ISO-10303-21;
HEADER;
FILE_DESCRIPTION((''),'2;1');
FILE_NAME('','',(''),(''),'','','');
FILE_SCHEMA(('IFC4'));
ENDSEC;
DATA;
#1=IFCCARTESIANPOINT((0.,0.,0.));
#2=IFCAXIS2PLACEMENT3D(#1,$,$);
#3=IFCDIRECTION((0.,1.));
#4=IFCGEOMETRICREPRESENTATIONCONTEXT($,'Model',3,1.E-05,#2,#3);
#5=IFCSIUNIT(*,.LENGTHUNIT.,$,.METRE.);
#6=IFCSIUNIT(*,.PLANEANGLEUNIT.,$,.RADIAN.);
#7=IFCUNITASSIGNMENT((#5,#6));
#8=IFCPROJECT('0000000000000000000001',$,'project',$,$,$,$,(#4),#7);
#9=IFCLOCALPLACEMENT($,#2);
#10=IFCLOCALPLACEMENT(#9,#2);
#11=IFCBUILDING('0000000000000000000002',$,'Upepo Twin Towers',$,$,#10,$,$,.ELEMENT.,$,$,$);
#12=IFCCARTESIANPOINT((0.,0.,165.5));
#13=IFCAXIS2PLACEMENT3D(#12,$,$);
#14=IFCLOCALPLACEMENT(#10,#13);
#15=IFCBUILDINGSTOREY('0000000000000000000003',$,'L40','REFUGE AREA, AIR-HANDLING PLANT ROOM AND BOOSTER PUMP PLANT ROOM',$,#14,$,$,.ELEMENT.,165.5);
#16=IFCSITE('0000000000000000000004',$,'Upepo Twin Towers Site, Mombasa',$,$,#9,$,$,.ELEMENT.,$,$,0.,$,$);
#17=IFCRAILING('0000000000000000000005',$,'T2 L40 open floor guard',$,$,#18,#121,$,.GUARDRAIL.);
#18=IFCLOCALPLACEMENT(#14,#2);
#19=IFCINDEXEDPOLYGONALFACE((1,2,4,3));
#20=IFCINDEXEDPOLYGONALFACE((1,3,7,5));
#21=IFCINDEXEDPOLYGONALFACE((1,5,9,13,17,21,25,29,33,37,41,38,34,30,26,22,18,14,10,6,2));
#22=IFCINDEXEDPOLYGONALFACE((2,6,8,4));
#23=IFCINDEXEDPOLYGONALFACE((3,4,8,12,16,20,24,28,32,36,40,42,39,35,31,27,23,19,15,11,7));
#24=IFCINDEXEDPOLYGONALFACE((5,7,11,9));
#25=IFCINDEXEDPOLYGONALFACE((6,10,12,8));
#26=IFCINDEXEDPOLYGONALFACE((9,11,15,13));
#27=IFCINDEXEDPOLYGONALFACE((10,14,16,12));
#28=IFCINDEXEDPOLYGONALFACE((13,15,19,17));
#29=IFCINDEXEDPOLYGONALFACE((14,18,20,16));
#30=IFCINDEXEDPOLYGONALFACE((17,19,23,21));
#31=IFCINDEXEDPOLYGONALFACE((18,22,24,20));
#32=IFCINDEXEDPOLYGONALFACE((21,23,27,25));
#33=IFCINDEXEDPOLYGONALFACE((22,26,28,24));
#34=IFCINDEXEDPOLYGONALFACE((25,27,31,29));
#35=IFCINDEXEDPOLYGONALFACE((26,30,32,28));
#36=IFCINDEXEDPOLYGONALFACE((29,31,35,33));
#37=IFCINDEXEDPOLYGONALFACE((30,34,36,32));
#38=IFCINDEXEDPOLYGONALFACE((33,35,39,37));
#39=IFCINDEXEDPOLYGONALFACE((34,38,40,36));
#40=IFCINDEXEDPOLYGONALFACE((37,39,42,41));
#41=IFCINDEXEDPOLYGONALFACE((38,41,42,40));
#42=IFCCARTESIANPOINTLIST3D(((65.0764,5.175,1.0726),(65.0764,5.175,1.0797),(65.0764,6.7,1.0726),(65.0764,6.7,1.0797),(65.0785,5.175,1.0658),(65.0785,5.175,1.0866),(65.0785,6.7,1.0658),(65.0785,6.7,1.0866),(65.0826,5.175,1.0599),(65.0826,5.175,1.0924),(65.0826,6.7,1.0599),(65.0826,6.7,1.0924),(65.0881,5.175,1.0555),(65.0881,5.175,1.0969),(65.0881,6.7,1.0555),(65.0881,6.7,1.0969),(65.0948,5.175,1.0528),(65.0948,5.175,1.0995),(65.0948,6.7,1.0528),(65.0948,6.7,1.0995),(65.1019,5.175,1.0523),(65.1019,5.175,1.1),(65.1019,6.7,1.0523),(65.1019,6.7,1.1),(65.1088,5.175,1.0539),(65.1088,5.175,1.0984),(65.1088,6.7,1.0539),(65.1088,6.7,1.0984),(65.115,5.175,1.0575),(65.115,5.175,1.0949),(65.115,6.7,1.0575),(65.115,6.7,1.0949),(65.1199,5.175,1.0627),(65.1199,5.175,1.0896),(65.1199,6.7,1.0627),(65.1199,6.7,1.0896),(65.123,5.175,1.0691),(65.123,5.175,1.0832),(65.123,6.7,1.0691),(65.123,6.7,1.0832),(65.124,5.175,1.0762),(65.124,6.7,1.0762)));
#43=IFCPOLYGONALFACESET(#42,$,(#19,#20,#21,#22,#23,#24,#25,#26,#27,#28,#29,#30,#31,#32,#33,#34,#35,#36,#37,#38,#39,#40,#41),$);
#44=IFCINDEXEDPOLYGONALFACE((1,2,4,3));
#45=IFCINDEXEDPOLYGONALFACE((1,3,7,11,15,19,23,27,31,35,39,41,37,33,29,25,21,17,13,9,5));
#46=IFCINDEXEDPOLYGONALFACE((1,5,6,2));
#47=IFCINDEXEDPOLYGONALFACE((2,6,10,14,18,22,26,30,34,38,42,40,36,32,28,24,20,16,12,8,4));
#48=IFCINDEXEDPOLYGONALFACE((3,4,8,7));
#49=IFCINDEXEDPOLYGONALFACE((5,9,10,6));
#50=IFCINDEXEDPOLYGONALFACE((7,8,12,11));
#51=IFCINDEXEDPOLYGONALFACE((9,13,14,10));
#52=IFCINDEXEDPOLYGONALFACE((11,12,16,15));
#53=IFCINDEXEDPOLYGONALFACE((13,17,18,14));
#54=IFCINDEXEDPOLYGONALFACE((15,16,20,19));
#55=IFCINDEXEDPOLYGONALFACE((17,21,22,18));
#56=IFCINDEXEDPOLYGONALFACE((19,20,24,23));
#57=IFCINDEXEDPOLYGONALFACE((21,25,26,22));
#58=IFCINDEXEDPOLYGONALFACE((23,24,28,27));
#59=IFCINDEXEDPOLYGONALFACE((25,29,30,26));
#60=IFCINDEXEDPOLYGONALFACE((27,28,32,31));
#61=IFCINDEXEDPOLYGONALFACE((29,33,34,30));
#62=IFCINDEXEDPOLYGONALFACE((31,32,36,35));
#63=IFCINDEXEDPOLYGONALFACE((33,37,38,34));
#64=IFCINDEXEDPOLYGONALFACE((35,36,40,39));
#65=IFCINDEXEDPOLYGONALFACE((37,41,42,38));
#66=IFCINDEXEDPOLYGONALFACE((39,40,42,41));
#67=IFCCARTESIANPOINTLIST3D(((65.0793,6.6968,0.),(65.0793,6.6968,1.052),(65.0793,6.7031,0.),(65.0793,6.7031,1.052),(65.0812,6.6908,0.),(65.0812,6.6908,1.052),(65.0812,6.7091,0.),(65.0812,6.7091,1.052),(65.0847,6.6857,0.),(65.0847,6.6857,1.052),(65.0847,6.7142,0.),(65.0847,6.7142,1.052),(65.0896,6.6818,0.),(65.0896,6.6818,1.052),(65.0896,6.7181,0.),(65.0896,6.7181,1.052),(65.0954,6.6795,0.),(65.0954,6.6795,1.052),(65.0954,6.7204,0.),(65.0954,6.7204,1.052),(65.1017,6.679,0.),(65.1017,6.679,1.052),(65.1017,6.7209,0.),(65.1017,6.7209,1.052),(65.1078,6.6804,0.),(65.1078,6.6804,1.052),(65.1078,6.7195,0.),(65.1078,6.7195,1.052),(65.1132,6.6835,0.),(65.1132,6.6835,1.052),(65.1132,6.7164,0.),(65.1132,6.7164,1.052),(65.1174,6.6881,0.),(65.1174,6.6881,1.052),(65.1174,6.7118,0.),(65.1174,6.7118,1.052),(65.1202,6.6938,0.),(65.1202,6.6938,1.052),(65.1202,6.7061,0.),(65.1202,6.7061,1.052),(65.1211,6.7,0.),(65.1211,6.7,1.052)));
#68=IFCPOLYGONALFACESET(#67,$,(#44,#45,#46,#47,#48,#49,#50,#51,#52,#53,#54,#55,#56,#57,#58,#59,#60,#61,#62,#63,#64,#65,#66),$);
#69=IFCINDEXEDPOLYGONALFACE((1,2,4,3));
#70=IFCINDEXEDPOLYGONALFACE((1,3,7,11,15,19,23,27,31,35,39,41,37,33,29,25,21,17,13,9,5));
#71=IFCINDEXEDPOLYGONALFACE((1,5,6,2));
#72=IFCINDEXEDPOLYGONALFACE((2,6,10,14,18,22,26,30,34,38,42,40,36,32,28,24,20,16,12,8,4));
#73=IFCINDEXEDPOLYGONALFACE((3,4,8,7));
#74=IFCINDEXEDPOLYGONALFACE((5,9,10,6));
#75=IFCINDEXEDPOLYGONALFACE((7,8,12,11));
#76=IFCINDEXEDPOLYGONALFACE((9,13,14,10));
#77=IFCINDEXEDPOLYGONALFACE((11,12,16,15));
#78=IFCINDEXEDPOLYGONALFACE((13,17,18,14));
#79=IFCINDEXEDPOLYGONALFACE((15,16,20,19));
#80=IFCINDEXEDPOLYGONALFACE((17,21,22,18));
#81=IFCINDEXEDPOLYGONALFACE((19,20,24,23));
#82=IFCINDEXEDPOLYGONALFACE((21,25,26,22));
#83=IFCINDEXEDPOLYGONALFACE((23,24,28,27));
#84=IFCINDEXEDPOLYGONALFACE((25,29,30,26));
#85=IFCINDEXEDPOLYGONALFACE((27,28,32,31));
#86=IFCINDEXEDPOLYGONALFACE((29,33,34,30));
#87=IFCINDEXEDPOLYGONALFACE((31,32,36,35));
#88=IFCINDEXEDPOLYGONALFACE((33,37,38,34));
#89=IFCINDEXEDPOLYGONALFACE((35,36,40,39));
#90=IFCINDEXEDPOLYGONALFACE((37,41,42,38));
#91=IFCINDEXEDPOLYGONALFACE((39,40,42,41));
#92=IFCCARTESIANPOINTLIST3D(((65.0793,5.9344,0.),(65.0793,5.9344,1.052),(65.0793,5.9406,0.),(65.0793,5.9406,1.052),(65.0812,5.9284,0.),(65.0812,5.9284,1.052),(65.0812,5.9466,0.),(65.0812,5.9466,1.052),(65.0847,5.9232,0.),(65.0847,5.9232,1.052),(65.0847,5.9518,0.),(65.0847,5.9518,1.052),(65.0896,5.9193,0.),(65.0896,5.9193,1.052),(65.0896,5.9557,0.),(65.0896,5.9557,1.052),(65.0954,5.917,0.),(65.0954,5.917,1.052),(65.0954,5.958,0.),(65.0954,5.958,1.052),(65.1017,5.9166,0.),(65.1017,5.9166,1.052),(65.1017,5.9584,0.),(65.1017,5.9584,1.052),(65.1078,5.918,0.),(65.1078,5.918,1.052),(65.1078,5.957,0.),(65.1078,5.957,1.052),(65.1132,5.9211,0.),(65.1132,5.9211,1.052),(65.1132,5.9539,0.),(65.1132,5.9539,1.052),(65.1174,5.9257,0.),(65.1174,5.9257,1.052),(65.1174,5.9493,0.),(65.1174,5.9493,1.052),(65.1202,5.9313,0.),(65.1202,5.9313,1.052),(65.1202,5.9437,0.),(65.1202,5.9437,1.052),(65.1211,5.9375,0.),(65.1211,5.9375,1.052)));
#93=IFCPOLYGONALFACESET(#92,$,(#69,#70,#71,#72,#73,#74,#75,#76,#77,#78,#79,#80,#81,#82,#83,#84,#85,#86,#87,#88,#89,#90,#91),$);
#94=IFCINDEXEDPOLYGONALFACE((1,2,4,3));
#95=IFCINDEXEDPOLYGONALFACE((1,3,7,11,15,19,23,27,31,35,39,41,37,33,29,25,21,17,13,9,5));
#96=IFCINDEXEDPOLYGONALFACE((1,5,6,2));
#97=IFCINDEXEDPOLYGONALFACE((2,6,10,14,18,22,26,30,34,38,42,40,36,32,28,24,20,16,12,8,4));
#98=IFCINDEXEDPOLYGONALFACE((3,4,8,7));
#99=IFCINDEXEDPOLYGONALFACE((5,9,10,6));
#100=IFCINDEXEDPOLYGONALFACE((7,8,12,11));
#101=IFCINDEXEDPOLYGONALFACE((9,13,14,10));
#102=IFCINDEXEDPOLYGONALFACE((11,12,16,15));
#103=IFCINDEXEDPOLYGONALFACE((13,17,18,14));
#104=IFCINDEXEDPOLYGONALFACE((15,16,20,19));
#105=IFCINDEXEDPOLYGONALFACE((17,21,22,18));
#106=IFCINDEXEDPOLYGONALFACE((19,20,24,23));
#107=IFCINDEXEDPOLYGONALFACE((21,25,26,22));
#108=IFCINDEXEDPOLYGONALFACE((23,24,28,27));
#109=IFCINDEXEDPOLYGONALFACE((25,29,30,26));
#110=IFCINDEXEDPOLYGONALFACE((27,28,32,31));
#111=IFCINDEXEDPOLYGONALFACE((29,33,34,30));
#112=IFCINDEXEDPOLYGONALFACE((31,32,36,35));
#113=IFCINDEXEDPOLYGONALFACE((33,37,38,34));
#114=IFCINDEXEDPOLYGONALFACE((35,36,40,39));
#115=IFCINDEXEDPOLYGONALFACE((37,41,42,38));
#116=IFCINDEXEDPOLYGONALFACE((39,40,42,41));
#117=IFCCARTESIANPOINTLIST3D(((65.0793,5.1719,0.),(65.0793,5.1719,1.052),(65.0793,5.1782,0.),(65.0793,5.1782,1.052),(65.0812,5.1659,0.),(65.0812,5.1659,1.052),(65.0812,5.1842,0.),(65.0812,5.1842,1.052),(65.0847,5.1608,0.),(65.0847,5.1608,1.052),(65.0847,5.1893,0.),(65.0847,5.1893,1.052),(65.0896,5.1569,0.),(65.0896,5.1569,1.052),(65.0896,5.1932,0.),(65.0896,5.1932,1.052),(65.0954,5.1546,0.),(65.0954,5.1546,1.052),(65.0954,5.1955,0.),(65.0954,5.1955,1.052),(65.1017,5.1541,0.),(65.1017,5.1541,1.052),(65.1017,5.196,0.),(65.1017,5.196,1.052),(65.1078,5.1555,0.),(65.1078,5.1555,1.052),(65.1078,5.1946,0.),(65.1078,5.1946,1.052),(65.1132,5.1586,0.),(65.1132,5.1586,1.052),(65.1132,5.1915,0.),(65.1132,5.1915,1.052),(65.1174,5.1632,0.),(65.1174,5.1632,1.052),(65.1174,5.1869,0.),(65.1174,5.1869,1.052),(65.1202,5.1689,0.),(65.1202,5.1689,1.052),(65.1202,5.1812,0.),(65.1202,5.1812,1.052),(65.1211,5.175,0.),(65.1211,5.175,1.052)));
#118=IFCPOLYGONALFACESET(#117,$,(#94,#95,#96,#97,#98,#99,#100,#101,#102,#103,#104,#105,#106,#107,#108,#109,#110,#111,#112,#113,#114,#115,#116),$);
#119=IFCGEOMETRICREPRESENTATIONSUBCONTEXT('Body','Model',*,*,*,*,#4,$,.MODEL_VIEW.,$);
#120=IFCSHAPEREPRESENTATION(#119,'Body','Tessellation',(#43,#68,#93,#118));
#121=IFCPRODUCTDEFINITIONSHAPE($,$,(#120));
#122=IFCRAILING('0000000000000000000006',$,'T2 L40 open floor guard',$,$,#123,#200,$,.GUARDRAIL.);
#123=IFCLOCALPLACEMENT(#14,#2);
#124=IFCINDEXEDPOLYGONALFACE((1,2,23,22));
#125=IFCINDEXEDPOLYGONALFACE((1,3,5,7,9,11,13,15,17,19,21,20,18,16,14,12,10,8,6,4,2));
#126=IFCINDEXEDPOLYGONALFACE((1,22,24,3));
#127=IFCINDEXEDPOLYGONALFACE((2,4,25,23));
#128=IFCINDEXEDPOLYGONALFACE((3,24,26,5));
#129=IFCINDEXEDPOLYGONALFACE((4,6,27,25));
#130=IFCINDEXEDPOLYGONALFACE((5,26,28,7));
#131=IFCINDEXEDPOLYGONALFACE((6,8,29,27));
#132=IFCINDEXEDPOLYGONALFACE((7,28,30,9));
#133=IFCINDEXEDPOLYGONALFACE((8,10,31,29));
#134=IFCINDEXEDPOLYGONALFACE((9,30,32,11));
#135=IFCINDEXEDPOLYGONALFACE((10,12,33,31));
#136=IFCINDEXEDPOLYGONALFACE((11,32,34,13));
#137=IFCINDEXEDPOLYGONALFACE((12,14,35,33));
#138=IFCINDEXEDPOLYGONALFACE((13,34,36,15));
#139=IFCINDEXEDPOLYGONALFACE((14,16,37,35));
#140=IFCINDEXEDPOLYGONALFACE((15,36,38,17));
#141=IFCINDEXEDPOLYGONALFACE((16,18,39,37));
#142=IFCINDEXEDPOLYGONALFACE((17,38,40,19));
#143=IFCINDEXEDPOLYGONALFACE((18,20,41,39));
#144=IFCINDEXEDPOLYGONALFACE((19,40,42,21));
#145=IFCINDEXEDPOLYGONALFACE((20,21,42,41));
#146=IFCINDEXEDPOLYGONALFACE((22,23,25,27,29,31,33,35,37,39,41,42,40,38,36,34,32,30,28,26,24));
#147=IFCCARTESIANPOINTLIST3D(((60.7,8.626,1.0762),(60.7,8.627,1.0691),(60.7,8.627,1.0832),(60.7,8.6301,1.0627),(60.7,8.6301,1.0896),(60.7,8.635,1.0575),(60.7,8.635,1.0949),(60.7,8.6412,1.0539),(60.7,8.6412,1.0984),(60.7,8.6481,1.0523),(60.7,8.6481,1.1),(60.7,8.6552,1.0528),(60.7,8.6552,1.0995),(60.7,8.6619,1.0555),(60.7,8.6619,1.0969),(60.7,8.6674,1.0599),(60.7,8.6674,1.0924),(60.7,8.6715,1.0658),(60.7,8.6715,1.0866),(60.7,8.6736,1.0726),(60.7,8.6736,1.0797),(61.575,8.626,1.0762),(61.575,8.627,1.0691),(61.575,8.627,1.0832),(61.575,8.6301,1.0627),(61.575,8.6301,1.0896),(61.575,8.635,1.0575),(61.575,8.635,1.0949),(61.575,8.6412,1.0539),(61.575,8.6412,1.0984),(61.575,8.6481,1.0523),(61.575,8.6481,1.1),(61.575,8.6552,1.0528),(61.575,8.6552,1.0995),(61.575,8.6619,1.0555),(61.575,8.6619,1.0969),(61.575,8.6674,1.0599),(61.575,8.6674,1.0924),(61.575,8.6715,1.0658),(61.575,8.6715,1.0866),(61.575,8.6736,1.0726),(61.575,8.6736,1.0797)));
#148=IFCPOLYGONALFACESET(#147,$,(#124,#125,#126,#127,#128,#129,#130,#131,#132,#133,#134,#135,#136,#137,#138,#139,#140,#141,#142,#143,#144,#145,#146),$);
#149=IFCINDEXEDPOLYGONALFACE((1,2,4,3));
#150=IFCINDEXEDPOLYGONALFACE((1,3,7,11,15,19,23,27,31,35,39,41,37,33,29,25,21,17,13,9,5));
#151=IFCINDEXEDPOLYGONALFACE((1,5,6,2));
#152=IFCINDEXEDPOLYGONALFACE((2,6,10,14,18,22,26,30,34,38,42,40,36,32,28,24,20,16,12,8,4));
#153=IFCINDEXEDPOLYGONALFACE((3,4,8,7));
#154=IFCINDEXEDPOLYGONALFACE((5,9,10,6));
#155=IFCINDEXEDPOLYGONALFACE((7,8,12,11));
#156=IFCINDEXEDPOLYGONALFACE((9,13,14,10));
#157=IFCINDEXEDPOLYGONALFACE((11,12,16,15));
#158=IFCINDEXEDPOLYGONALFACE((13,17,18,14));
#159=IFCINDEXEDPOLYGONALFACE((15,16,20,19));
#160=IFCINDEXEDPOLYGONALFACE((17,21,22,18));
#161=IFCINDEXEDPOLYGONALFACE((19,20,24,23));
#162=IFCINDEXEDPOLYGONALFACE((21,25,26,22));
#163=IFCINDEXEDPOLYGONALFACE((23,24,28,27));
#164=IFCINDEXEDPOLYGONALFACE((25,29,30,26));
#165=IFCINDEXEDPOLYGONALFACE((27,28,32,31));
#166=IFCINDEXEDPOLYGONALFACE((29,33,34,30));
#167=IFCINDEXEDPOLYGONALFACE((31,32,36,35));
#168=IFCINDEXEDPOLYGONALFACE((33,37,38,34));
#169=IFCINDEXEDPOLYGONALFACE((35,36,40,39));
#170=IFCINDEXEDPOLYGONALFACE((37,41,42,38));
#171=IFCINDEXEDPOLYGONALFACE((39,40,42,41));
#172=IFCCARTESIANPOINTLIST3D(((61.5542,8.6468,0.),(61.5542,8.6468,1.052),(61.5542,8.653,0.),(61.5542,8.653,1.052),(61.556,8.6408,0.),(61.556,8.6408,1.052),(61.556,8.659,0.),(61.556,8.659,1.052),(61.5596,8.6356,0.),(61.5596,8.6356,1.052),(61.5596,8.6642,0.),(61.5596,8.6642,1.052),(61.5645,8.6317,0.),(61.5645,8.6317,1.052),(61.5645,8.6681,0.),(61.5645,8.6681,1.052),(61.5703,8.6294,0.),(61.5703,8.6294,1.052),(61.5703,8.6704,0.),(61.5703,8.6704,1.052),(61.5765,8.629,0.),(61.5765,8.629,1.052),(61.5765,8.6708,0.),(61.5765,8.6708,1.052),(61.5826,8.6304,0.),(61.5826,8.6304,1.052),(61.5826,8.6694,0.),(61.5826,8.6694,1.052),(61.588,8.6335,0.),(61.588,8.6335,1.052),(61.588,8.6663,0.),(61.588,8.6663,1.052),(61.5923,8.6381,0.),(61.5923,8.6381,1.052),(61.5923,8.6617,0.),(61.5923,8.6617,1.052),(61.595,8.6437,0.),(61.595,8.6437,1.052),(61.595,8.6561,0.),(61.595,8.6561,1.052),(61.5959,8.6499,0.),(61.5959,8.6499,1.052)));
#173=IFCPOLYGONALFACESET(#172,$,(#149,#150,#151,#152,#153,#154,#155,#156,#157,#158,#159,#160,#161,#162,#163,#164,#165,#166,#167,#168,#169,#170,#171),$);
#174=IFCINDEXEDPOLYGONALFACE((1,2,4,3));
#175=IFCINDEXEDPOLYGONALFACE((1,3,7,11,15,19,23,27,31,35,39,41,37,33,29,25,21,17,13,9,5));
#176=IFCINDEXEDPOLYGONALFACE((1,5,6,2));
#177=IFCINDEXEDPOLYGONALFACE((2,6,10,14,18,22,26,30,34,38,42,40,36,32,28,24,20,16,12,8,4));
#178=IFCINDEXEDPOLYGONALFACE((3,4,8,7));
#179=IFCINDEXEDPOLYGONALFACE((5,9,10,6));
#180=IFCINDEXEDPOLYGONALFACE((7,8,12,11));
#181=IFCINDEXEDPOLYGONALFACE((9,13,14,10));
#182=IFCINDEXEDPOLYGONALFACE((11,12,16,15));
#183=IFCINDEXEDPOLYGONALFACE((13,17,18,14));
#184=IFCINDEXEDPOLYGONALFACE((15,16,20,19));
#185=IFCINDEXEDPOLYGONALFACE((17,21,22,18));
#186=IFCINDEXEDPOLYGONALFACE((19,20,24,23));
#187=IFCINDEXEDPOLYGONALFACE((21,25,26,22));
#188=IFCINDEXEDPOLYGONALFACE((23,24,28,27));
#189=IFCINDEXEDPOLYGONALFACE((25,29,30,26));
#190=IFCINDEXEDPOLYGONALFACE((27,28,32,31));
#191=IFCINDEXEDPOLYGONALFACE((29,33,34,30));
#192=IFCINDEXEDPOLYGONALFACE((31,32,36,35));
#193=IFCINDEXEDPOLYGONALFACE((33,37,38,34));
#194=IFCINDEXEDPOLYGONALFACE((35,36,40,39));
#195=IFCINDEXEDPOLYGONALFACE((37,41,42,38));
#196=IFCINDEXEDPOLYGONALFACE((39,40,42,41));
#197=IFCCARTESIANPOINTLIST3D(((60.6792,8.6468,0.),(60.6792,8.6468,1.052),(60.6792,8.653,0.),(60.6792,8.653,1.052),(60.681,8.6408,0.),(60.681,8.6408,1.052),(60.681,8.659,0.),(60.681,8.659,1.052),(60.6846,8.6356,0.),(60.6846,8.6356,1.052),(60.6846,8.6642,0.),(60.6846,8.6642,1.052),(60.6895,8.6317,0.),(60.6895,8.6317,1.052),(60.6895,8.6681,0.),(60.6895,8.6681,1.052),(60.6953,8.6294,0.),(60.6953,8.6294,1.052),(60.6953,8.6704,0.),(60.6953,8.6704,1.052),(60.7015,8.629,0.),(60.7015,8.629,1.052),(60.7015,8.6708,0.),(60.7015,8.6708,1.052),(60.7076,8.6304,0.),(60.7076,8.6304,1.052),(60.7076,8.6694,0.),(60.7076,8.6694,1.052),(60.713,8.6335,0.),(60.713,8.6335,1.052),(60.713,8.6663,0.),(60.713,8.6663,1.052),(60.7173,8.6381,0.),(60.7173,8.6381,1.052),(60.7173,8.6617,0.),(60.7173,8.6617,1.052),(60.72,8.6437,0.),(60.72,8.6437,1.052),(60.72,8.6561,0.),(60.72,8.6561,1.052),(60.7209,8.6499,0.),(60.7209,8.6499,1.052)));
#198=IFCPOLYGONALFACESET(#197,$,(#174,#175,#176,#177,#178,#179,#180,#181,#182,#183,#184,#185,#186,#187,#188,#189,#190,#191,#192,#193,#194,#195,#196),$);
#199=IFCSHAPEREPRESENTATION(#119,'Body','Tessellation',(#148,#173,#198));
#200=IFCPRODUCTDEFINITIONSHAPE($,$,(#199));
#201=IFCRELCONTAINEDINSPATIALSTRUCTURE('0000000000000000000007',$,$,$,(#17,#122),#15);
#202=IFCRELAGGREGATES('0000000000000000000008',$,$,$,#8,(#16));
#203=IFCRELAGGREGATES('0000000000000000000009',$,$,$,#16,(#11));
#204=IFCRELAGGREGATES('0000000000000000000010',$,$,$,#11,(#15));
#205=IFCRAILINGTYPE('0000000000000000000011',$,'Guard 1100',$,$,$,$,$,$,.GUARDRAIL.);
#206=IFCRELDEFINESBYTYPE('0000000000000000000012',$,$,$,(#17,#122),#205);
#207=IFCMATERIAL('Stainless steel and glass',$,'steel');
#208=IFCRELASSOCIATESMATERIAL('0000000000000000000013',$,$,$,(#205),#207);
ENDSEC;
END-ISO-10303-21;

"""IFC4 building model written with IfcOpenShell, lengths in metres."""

from ifc_helpers import new_model, si_unit, direction, frame, origin, origin_2d, place, context, subcontext, project, spatial, circle, extrude, material, type_object, element, save


model = new_model("IFC4")

# Units and contexts
model_context = context("Model", 3, precision=1e-05, world=origin(), true_north=direction((0.0, 1.0)))
body_context = subcontext(model_context, "Body", "Model", "MODEL_VIEW")
ifc_project = project(units=[si_unit("LENGTHUNIT", "METRE"), si_unit("PLANEANGLEUNIT", "RADIAN")], contexts=[model_context])

# Site, building, storey
site_placement = place(None, origin())
site = spatial("IfcSite", under=ifc_project, at=site_placement, Name="Upepo Twin Towers Site, Mombasa", CompositionType="ELEMENT", RefElevation=0.0)
building_placement = place(site_placement, origin())
building = spatial("IfcBuilding", under=site, at=building_placement, Name="Upepo Twin Towers", CompositionType="ELEMENT")
storey_placement = place(building_placement, frame((0.0, 0.0, 165.5)))
storey = spatial("IfcBuildingStorey", under=building, at=storey_placement, Name="L40", Description="REFUGE AREA, AIR-HANDLING PLANT ROOM AND BOOSTER PUMP PLANT ROOM", CompositionType="ELEMENT", Elevation=165.5)

# Railings
ifc_material_1 = material(Name="Stainless steel and glass", Category="steel")
railing_type = type_object("IfcRailingType", Name="Guard 1100", PredefinedType="GUARDRAIL", material=ifc_material_1)
railing_1_placement = place(storey_placement, frame((65.1001, 6.7, 0.0)))
element("IfcRailing", 1, at=railing_1_placement, inside=storey, type_object=railing_type, Name="T2 L40 open floor guard", PredefinedType="GUARDRAIL", context=body_context, shape_type="SweptSolid", body=[
    extrude(circle(Radius=0.0239, at=origin_2d()), frame((0.0, 0.0, 1.0762), z_axis=(0.0, -1.0, 0.0), x_axis=(1.0, 0.0, 0.0)), (0.0, 0.0, 1.0), 1.5249),
    extrude(circle(Radius=0.021, at=origin_2d()), origin(), (0.0, 0.0, 1.0), 1.052),
    extrude(circle(Radius=0.021, at=origin_2d()), frame((0.0, -0.7625, 0.0)), (0.0, 0.0, 1.0), 1.052),
    extrude(circle(Radius=0.021, at=origin_2d()), frame((0.0, -1.5249, 0.0)), (0.0, 0.0, 1.0), 1.052),
])
for number, where, name in (
    (2, (61.575, 8.6499, 0.0), "T2 L40 open floor guard"),
):
    element("IfcRailing", number, at=place(storey_placement, frame(where)), inside=storey, type_object=railing_type, Name=name, PredefinedType="GUARDRAIL", context=body_context, shape_type="SweptSolid", body=[
        extrude(circle(Radius=0.0239, at=origin_2d()), frame((0.0, 0.0, 1.0762), z_axis=(-1.0, 0.0, 0.0), x_axis=(0.0, -1.0, 0.0)), (0.0, 0.0, 1.0), 0.875),
        extrude(circle(Radius=0.021, at=origin_2d()), origin(), (0.0, 0.0, 1.0), 1.052),
        extrude(circle(Radius=0.021, at=origin_2d()), frame((-0.875, 0.0, 0.0)), (0.0, 0.0, 1.0), 1.052),
    ])

save(model, "model.ifc")
